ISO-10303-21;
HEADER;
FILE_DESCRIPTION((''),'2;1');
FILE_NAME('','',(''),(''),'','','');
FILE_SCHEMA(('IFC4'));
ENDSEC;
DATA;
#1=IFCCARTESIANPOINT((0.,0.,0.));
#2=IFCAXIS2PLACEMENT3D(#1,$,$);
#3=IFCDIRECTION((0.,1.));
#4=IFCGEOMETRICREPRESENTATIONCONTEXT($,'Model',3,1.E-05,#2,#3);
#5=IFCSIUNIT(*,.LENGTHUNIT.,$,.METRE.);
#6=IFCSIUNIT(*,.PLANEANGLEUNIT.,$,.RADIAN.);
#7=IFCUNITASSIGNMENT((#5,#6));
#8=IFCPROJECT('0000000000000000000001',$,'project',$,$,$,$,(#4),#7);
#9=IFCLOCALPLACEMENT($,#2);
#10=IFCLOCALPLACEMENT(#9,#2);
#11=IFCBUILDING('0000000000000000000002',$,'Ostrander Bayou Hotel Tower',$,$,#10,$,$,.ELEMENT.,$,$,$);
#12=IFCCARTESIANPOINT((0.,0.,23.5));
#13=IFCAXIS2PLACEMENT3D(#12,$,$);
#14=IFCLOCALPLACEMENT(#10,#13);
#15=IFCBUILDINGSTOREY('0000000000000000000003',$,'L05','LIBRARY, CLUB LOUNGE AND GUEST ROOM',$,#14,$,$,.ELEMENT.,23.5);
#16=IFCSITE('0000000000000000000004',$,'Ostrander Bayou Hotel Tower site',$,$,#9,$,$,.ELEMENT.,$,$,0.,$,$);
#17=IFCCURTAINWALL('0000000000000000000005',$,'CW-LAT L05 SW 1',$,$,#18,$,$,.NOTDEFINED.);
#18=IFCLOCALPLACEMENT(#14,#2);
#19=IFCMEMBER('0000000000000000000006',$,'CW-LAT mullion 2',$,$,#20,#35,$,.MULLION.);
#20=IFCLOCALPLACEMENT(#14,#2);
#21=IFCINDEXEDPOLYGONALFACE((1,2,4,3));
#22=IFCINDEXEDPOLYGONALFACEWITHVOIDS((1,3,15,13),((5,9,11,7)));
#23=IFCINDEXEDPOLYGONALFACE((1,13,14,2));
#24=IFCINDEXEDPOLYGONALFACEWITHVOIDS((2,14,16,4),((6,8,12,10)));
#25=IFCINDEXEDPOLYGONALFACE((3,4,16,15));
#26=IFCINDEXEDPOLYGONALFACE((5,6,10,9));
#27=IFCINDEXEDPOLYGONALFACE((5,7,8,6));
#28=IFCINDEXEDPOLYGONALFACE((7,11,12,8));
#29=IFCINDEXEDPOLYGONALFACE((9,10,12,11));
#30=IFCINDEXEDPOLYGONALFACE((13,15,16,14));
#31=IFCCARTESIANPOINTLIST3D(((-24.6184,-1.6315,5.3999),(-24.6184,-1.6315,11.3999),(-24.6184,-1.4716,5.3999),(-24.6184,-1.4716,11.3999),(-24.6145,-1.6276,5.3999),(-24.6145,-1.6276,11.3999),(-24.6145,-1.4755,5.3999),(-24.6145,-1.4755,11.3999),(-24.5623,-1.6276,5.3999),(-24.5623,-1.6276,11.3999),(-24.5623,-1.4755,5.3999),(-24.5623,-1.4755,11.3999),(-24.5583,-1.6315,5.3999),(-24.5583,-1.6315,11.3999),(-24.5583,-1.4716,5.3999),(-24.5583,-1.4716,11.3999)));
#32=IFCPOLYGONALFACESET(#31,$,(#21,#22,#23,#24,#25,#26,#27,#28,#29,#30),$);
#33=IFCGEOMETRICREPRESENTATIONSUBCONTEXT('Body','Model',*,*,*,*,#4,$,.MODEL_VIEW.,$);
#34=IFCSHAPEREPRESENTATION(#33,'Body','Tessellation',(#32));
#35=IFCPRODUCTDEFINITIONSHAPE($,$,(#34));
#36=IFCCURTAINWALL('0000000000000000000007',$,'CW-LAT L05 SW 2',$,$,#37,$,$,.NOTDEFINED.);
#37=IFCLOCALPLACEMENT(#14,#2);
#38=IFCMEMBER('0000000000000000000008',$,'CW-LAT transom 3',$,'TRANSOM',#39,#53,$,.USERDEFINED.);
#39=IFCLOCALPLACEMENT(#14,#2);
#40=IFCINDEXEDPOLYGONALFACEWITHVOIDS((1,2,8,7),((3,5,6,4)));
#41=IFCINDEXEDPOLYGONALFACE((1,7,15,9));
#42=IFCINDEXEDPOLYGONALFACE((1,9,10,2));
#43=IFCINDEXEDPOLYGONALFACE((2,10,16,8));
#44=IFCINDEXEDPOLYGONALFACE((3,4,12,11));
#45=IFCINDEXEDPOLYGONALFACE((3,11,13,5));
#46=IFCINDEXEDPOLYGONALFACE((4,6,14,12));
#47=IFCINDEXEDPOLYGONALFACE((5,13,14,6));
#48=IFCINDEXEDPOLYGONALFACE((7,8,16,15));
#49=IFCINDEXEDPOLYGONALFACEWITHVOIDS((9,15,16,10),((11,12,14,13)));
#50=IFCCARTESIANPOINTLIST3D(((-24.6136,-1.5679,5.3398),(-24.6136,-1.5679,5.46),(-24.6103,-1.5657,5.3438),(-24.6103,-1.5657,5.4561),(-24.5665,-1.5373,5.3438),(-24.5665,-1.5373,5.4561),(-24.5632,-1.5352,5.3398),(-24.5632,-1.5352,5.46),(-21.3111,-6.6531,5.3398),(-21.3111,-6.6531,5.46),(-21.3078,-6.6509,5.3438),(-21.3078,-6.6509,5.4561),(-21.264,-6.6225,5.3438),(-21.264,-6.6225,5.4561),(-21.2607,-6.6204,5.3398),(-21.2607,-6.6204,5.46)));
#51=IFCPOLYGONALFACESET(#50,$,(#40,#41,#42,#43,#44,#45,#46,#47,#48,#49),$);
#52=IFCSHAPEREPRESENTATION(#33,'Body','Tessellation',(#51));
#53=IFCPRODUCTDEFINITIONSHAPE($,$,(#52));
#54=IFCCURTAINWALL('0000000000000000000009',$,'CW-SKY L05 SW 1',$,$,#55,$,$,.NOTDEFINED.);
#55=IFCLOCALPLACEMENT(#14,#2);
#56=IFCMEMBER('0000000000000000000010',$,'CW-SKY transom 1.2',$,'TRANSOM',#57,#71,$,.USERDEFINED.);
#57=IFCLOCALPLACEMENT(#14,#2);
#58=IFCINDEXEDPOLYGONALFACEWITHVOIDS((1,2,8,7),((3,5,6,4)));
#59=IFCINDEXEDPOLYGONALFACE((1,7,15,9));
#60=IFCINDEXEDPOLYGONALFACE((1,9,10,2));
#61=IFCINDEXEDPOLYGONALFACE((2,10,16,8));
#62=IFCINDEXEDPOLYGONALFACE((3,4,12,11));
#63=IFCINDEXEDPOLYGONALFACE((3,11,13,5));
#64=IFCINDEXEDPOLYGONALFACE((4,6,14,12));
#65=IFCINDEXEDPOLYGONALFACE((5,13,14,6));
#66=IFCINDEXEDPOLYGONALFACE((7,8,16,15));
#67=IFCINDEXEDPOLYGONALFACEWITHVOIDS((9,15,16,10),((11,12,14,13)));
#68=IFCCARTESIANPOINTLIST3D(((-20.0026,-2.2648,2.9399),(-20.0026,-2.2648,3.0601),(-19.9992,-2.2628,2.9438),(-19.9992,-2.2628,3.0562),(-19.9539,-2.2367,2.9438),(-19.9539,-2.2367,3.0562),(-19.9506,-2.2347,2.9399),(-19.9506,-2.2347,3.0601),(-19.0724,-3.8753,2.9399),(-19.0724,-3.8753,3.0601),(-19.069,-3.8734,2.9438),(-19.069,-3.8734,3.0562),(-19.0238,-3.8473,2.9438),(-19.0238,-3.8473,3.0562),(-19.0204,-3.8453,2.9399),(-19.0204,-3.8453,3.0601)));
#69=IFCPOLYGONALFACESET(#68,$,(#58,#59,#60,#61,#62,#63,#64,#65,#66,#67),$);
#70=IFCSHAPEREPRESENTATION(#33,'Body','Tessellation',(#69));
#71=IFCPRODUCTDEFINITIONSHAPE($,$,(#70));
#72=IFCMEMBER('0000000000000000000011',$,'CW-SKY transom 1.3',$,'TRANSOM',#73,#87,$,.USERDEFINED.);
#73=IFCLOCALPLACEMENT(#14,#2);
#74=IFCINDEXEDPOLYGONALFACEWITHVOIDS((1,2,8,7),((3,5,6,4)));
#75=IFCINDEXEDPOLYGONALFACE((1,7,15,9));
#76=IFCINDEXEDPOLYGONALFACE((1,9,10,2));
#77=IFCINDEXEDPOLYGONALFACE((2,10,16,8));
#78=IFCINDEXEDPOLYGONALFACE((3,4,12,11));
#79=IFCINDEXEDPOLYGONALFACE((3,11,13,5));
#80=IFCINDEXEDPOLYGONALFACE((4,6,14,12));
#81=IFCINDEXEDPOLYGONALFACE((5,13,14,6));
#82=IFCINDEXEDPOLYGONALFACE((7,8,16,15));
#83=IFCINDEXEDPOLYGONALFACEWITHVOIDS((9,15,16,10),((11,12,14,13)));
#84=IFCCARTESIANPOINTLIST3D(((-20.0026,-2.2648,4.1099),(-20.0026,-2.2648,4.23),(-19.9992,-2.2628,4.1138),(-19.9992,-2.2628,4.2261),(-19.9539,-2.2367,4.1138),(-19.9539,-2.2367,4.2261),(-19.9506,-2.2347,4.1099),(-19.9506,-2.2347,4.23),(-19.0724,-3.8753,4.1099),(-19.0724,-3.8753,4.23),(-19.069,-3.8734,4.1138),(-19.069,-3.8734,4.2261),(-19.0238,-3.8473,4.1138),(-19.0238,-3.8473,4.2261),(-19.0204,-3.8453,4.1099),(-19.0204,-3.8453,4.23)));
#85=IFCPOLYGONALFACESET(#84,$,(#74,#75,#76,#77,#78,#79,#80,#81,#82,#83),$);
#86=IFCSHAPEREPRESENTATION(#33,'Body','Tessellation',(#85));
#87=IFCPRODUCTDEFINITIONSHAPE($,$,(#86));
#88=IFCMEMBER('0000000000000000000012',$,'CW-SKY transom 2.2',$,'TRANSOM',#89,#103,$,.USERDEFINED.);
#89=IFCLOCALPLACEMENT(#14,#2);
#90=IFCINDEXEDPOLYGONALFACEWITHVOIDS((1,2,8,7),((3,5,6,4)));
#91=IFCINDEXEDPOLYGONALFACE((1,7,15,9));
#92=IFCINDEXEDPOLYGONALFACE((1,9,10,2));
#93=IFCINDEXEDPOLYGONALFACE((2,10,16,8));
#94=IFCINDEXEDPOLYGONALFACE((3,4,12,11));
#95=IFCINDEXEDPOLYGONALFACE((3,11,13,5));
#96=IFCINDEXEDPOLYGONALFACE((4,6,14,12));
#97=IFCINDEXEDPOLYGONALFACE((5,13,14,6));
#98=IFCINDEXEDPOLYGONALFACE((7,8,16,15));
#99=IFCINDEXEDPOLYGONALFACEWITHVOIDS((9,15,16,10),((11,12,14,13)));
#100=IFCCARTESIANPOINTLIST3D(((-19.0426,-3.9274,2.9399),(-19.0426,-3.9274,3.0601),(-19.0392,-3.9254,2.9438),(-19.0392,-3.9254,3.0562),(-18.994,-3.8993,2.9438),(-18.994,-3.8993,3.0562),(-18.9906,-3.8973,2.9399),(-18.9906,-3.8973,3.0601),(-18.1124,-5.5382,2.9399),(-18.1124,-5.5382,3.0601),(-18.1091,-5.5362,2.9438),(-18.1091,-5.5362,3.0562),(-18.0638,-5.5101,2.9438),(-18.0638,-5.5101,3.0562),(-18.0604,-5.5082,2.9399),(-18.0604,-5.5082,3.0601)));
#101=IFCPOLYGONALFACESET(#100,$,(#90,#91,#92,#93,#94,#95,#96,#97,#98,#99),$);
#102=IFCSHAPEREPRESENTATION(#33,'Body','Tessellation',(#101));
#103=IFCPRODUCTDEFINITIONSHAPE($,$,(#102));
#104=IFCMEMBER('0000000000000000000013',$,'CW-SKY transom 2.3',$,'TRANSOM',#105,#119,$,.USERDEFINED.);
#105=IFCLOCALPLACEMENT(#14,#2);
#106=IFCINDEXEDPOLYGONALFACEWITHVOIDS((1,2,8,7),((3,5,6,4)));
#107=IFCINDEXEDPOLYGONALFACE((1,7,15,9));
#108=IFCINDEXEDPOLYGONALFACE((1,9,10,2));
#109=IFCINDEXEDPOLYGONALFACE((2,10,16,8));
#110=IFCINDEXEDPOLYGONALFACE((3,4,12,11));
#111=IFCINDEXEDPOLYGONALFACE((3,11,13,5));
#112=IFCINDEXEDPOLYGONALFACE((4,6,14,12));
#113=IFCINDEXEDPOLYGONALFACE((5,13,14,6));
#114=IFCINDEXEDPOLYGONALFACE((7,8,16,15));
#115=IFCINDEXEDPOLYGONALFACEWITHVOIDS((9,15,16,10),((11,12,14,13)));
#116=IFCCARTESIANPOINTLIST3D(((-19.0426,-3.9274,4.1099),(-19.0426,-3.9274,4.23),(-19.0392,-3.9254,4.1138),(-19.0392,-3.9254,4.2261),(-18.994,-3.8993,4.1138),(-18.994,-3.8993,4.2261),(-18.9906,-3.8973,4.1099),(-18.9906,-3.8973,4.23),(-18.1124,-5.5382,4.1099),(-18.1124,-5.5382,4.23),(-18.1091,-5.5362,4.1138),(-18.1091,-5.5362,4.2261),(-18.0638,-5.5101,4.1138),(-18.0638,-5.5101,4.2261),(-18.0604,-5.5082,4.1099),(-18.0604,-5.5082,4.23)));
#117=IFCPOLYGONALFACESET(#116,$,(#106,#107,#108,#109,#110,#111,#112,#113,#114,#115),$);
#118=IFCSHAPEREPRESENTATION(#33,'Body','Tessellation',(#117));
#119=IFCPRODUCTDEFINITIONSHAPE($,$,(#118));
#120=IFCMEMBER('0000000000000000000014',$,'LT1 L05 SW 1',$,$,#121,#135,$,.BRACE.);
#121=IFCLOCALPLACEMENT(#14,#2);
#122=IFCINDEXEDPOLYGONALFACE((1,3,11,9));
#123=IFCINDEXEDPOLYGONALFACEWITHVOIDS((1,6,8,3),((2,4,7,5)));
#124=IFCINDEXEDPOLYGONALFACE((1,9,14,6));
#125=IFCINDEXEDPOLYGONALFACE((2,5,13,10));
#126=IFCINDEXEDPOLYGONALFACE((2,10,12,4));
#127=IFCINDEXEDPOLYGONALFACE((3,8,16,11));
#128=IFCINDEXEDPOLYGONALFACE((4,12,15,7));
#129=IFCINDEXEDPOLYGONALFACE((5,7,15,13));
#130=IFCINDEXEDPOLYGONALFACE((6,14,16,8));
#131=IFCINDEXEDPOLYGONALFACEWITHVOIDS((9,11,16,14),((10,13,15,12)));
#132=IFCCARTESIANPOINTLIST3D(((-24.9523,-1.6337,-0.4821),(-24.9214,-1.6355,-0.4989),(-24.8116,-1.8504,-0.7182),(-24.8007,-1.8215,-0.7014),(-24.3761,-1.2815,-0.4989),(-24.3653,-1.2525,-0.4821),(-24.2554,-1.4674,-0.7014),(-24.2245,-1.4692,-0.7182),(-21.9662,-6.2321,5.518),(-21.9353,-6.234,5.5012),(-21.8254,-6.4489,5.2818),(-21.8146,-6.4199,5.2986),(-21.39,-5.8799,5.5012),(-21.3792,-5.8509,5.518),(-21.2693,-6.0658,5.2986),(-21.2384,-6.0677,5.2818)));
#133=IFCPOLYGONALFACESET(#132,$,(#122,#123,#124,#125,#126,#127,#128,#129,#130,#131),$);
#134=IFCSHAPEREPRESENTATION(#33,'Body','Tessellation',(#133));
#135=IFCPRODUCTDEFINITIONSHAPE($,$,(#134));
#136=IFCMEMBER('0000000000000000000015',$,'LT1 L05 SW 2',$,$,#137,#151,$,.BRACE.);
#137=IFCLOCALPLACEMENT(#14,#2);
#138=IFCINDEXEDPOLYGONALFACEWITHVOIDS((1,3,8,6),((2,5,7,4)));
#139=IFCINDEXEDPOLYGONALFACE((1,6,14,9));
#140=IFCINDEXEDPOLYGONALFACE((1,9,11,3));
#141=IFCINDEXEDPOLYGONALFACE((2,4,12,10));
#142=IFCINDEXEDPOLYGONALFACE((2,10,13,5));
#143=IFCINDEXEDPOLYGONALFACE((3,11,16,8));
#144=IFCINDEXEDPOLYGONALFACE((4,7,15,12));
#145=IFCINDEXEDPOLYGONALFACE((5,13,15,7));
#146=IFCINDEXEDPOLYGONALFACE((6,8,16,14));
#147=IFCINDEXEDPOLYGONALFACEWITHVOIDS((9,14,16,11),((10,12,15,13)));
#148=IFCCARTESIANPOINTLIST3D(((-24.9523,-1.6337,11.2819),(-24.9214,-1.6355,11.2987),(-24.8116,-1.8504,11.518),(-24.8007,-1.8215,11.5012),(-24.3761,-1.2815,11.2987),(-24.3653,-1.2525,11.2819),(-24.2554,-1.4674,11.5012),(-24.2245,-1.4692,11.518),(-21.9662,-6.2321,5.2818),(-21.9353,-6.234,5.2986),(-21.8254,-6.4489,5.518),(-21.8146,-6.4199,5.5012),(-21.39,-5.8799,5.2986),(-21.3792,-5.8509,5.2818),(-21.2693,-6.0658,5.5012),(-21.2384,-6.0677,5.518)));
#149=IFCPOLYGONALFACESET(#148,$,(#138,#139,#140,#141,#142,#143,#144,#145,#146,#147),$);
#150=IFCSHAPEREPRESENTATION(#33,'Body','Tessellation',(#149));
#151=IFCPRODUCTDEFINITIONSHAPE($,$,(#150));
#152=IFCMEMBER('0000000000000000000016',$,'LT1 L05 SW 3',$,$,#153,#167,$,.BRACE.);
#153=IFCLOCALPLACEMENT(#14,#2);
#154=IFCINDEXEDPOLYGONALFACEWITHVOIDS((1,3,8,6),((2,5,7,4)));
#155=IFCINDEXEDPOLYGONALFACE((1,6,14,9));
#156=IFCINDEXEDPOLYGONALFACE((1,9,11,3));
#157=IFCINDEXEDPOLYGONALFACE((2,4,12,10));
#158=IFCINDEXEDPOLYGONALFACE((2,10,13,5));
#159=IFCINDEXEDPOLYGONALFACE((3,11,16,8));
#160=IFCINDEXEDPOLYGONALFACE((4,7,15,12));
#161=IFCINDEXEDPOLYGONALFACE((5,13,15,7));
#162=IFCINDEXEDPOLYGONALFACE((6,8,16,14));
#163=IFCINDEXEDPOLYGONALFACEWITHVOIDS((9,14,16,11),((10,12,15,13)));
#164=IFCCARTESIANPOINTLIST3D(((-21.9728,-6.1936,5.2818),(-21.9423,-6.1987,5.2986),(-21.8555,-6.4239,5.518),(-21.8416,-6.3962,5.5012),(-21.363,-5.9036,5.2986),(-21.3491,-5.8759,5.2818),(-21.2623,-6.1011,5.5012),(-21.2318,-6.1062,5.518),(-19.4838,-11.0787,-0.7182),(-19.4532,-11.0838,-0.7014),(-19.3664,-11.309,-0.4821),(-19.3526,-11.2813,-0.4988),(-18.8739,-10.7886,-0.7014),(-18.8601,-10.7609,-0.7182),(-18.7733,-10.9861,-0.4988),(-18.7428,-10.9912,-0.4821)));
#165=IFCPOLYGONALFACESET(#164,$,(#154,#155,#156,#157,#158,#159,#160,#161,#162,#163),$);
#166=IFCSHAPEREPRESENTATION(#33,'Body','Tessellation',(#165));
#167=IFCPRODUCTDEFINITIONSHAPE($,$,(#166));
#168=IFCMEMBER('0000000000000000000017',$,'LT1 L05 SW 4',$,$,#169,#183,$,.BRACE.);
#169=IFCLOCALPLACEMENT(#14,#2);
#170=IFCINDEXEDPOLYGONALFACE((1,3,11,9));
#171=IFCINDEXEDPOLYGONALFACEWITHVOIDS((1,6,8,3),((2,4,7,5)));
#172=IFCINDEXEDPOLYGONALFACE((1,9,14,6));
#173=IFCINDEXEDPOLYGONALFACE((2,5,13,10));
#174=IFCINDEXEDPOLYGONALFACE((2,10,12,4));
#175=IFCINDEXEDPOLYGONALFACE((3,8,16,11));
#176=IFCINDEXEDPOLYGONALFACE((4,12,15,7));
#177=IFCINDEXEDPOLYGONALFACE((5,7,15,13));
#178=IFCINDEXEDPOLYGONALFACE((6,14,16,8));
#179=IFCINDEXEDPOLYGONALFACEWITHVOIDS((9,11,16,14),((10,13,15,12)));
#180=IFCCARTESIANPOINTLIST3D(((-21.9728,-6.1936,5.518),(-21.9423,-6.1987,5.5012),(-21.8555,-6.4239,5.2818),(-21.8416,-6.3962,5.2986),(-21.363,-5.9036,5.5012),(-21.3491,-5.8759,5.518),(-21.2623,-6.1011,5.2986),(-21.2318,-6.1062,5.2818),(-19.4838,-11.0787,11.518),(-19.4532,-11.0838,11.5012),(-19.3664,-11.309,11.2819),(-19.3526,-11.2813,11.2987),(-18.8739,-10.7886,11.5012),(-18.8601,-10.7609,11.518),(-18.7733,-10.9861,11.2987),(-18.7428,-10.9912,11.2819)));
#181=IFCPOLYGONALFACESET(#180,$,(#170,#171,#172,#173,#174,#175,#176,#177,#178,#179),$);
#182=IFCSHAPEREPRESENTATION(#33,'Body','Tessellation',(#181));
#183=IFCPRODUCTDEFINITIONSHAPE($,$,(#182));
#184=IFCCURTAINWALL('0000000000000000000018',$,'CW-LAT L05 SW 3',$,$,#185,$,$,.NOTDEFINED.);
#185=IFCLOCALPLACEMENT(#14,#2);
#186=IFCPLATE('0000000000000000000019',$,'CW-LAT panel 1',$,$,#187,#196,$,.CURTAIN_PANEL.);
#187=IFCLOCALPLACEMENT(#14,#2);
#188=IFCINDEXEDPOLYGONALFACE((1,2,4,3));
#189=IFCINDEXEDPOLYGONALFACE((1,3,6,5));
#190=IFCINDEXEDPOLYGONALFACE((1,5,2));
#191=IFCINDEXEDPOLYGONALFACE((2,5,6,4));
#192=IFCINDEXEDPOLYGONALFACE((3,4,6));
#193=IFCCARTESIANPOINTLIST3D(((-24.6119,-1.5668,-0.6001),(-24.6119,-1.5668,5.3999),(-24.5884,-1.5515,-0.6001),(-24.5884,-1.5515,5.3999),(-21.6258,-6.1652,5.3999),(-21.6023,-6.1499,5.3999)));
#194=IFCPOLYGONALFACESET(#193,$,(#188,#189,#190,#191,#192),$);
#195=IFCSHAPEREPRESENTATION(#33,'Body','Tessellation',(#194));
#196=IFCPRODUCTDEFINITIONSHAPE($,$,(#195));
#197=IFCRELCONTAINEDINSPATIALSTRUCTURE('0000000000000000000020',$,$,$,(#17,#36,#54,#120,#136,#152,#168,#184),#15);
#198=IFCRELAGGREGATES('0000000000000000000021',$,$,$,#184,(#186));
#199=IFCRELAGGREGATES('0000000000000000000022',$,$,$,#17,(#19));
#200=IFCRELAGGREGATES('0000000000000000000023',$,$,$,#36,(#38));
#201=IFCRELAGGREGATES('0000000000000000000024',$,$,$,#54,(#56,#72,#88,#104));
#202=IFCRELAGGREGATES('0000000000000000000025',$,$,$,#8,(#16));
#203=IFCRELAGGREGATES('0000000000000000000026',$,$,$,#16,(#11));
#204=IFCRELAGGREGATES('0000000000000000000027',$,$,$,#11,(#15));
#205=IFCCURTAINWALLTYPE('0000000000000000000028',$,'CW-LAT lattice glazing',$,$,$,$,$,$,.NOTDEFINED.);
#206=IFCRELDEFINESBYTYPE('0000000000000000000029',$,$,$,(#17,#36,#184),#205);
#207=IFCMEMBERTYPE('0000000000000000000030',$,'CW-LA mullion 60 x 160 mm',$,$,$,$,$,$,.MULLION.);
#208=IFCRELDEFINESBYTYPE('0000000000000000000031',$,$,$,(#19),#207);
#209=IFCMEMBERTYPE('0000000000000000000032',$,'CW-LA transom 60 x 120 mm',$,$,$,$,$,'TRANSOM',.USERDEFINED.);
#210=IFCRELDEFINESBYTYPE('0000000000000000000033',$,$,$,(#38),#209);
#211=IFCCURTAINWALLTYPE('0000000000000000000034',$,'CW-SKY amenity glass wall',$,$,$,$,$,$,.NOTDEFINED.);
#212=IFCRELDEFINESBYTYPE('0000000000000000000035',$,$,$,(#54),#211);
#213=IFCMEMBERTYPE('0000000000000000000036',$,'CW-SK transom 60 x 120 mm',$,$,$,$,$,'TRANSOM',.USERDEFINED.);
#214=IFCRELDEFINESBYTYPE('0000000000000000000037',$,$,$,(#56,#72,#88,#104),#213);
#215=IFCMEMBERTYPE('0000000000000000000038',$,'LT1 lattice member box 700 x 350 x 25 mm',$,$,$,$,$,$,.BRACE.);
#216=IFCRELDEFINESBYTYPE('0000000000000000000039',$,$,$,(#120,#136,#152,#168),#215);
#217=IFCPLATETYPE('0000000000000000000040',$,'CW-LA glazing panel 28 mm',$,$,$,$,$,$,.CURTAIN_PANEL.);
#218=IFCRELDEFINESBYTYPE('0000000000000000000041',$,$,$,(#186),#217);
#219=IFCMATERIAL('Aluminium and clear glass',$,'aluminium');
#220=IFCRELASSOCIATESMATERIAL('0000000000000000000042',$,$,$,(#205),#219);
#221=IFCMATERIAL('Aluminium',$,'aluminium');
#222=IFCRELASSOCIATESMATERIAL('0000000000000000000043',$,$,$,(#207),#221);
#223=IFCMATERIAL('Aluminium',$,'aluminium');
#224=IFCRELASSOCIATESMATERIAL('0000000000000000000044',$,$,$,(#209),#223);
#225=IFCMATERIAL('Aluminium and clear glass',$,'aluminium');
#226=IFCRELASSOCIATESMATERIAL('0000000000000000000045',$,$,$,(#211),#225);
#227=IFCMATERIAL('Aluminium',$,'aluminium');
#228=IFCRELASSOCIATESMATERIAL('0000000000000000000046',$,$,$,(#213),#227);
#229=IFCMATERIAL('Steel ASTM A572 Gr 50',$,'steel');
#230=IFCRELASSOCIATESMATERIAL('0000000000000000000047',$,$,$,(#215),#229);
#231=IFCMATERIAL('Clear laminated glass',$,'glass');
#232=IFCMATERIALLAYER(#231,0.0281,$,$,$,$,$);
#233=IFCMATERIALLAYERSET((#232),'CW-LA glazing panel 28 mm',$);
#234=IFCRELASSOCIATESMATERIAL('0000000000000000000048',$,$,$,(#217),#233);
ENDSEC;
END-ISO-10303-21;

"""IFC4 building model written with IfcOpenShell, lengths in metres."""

from ifc_helpers import new_model, si_unit, direction, frame, origin, origin_2d, place, context, subcontext, project, spatial, polyline, hollow_rectangle, outline, extrude, material, layer, layer_set, material_profile, profile_set, type_object, element, aggregate, save


model = new_model("IFC4")

# Units and contexts
model_context = context("Model", 3, precision=1e-05, world=origin(), true_north=direction((0.0, 1.0)))
body_context = subcontext(model_context, "Body", "Model", "MODEL_VIEW")
ifc_project = project(units=[si_unit("LENGTHUNIT", "METRE"), si_unit("PLANEANGLEUNIT", "RADIAN")], contexts=[model_context])

# Site, building, storey
site_placement = place(None, origin())
site = spatial("IfcSite", under=ifc_project, at=site_placement, Name="Ostrander Bayou Hotel Tower site", CompositionType="ELEMENT", RefElevation=0.0)
building_placement = place(site_placement, origin())
building = spatial("IfcBuilding", under=site, at=building_placement, Name="Ostrander Bayou Hotel Tower", CompositionType="ELEMENT")
storey_placement = place(building_placement, frame((0.0, 0.0, 23.5)))
storey = spatial("IfcBuildingStorey", under=building, at=storey_placement, Name="L05", Description="LIBRARY, CLUB LOUNGE AND GUEST ROOM", CompositionType="ELEMENT", Elevation=23.5)

# Curtain walls, members
ifc_material_1 = material(Name="Aluminium and clear glass", Category="aluminium")
curtain_wall_type_1 = type_object("IfcCurtainWallType", Name="CW-LAT lattice glazing", PredefinedType="NOTDEFINED", material=ifc_material_1)
curtain_wall_1_placement = place(storey_placement, origin())
curtain_wall_1 = element("IfcCurtainWall", 1, at=curtain_wall_1_placement, inside=storey, type_object=curtain_wall_type_1, Name="CW-LAT L05 SW 1", PredefinedType="NOTDEFINED")
ifc_material_2 = material(Name="Aluminium", Category="aluminium")
ifc_material_profile_1 = material_profile(ifc_material_2, hollow_rectangle(XDim=0.0601, YDim=0.1599, WallThickness=0.0039, at=origin_2d()))
ifc_profile_set_1 = profile_set([ifc_material_profile_1], Name="Aluminium")
member_type_1 = type_object("IfcMemberType", Name="CW-LA mullion 60 x 160 mm", PredefinedType="MULLION", material=ifc_profile_set_1)
member_1_placement = place(storey_placement, frame((-24.5884, -1.5515, 5.3999), z_axis=(0.0, 0.0, 1.0), x_axis=(1.0, 0.0, 0.0)))
member_1 = element("IfcMember", 2, at=member_1_placement, type_object=member_type_1, Name="CW-LAT mullion 2", PredefinedType="MULLION", context=body_context, shape_type="SweptSolid", body=[
    extrude(hollow_rectangle(XDim=0.0601, YDim=0.1599, WallThickness=0.0039, at=origin_2d()), origin(), (0.0, 0.0, 1.0), 6.0),
])
curtain_wall_2_placement = place(storey_placement, origin())
curtain_wall_2 = element("IfcCurtainWall", 3, at=curtain_wall_2_placement, inside=storey, type_object=curtain_wall_type_1, Name="CW-LAT L05 SW 2", PredefinedType="NOTDEFINED")
ifc_material_3 = material(Name="Aluminium", Category="aluminium")
ifc_material_profile_2 = material_profile(ifc_material_3, hollow_rectangle(XDim=0.0601, YDim=0.1201, WallThickness=0.0039, at=origin_2d()))
ifc_profile_set_2 = profile_set([ifc_material_profile_2], Name="Aluminium")
member_type_2 = type_object("IfcMemberType", Name="CW-LA transom 60 x 120 mm", ElementType="TRANSOM", PredefinedType="USERDEFINED", material=ifc_profile_set_2)
member_2_placement = place(storey_placement, frame((-24.5884, -1.5515, 5.3999), z_axis=(0.544653, -0.838662, 0.0), x_axis=(0.838662, 0.544653, 0.0)))
member_2 = element("IfcMember", 4, at=member_2_placement, type_object=member_type_2, Name="CW-LAT transom 3", ObjectType="TRANSOM", PredefinedType="USERDEFINED", context=body_context, shape_type="SweptSolid", body=[
    extrude(hollow_rectangle(XDim=0.0601, YDim=0.1201, WallThickness=0.0039, at=origin_2d()), origin(), (0.0, 0.0, 1.0), 6.0635),
])

# Curtain wall, members
ifc_material_4 = material(Name="Aluminium and clear glass", Category="aluminium")
curtain_wall_type_2 = type_object("IfcCurtainWallType", Name="CW-SKY amenity glass wall", PredefinedType="NOTDEFINED", material=ifc_material_4)
curtain_wall_3_placement = place(storey_placement, origin())
curtain_wall_3 = element("IfcCurtainWall", 5, at=curtain_wall_3_placement, inside=storey, type_object=curtain_wall_type_2, Name="CW-SKY L05 SW 1", PredefinedType="NOTDEFINED")
ifc_material_5 = material(Name="Aluminium", Category="aluminium")
ifc_material_profile_3 = material_profile(ifc_material_5, hollow_rectangle(XDim=0.0601, YDim=0.1201, WallThickness=0.0039, at=origin_2d()))
ifc_profile_set_3 = profile_set([ifc_material_profile_3], Name="Aluminium")
member_type_3 = type_object("IfcMemberType", Name="CW-SK transom 60 x 120 mm", ElementType="TRANSOM", PredefinedType="USERDEFINED", material=ifc_profile_set_3)
member_3_placement = place(storey_placement, frame((-19.9766, -2.2498, 3.0), z_axis=(0.50012, -0.865956, 0.0), x_axis=(0.865956, 0.50012, 0.0)))
member_3 = element("IfcMember", 6, at=member_3_placement, type_object=member_type_3, Name="CW-SKY transom 1.2", ObjectType="TRANSOM", PredefinedType="USERDEFINED", context=body_context, shape_type="SweptSolid", body=[
    extrude(hollow_rectangle(XDim=0.0601, YDim=0.1201, WallThickness=0.0039, at=origin_2d()), origin(), (0.0, 0.0, 1.0), 1.8599),
])
member_4_placement = place(storey_placement, frame((-19.9766, -2.2498, 4.1699), z_axis=(0.50012, -0.865956, 0.0), x_axis=(0.865956, 0.50012, 0.0)))
member_4 = element("IfcMember", 7, at=member_4_placement, type_object=member_type_3, Name="CW-SKY transom 1.3", ObjectType="TRANSOM", PredefinedType="USERDEFINED", context=body_context, shape_type="SweptSolid", body=[
    extrude(hollow_rectangle(XDim=0.0601, YDim=0.1201, WallThickness=0.0039, at=origin_2d()), origin(), (0.0, 0.0, 1.0), 1.8599),
])
member_5_placement = place(storey_placement, frame((-19.0166, -3.9124, 3.0), z_axis=(0.500063, -0.865989, 0.0), x_axis=(0.865989, 0.500063, 0.0)))
member_5 = element("IfcMember", 8, at=member_5_placement, type_object=member_type_3, Name="CW-SKY transom 2.2", ObjectType="TRANSOM", PredefinedType="USERDEFINED", context=body_context, shape_type="SweptSolid", body=[
    extrude(hollow_rectangle(XDim=0.0601, YDim=0.1201, WallThickness=0.0039, at=origin_2d()), origin(), (0.0, 0.0, 1.0), 1.8601),
])
member_6_placement = place(storey_placement, frame((-19.0166, -3.9124, 4.1699), z_axis=(0.500063, -0.865989, 0.0), x_axis=(0.865989, 0.500063, 0.0)))
member_6 = element("IfcMember", 9, at=member_6_placement, type_object=member_type_3, Name="CW-SKY transom 2.3", ObjectType="TRANSOM", PredefinedType="USERDEFINED", context=body_context, shape_type="SweptSolid", body=[
    extrude(hollow_rectangle(XDim=0.0601, YDim=0.1201, WallThickness=0.0039, at=origin_2d()), origin(), (0.0, 0.0, 1.0), 1.8601),
])

# Members
ifc_material_6 = material(Name="Steel ASTM A572 Gr 50", Category="steel")
ifc_material_profile_4 = material_profile(ifc_material_6, hollow_rectangle(XDim=0.7, YDim=0.3501, WallThickness=0.0249, at=origin_2d()))
ifc_profile_set_4 = profile_set([ifc_material_profile_4], Name="Steel ASTM A572 Gr 50")
member_type_4 = type_object("IfcMemberType", Name="LT1 lattice member box 700 x 350 x 25 mm", PredefinedType="BRACE", material=ifc_profile_set_4)
for number, where, z_axis, x_axis, name in (
    (10, (-21.6023, -6.1499, 5.3999), (-0.367389, 0.565757, -0.738203), (-0.838683, -0.54462, 0.0), "LT1 L05 SW 1"),
    (11, (-21.6023, -6.1499, 5.3999), (-0.367389, 0.565757, 0.738203), (-0.838683, -0.54462, 0.0), "LT1 L05 SW 2"),
):
    element("IfcMember", number, at=place(storey_placement, frame(where, z_axis=z_axis, x_axis=x_axis)), inside=storey, type_object=member_type_4, Name=name, PredefinedType="BRACE", context=body_context, shape_type="SweptSolid", body=[
        extrude(hollow_rectangle(XDim=0.7, YDim=0.3501, WallThickness=0.0249, at=origin_2d()), origin(), (0.0, 0.0, 1.0), 8.1279),
    ])
for number, where, z_axis, x_axis, name in (
    (12, (-21.6023, -6.1499, 5.3999), (0.306241, -0.601037, -0.738222), (0.891008, 0.453987, 0.0), "LT1 L05 SW 3"),
    (13, (-21.6023, -6.1499, 5.3999), (0.306241, -0.601037, 0.738222), (0.891008, 0.453987, 0.0), "LT1 L05 SW 4"),
):
    element("IfcMember", number, at=place(storey_placement, frame(where, z_axis=z_axis, x_axis=x_axis)), inside=storey, type_object=member_type_4, Name=name, PredefinedType="BRACE", context=body_context, shape_type="SweptSolid", body=[
        extrude(hollow_rectangle(XDim=0.7, YDim=0.3501, WallThickness=0.0249, at=origin_2d()), origin(), (0.0, 0.0, 1.0), 8.1277),
    ])

# Curtain wall, plate
curtain_wall_4_placement = place(storey_placement, origin())
curtain_wall_4 = element("IfcCurtainWall", 14, at=curtain_wall_4_placement, inside=storey, type_object=curtain_wall_type_1, Name="CW-LAT L05 SW 3", PredefinedType="NOTDEFINED")
ifc_material_7 = material(Name="Clear laminated glass", Category="glass")
ifc_layer_1 = layer(ifc_material_7, 0.0281)
ifc_layer_set_1 = layer_set([ifc_layer_1], Name="CW-LA glazing panel 28 mm")
plate_type_1 = type_object("IfcPlateType", Name="CW-LA glazing panel 28 mm", PredefinedType="CURTAIN_PANEL", material=ifc_layer_set_1)
plate_1_placement = place(storey_placement, frame((-21.6023, -6.1499, 5.3999), z_axis=(0.838683, 0.54462, 0.0), x_axis=(-0.367389, 0.565757, -0.738203)))
plate_1 = element("IfcPlate", 15, at=plate_1_placement, type_object=plate_type_1, Name="CW-LAT panel 1", PredefinedType="CURTAIN_PANEL", context=body_context, shape_type="SweptSolid", body=[
    extrude(outline(polyline([(0.0, 0.0), (8.1278, 0.0), (3.6986, 4.0475), (0.0, 0.0)])), origin(), (0.0, 0.0, -1.0), 0.0281),
])
aggregate(curtain_wall_4, [plate_1])

aggregate(curtain_wall_1, [member_1])
aggregate(curtain_wall_2, [member_2])
aggregate(curtain_wall_3, [member_3, member_4, member_5, member_6])

save(model, "model.ifc")
